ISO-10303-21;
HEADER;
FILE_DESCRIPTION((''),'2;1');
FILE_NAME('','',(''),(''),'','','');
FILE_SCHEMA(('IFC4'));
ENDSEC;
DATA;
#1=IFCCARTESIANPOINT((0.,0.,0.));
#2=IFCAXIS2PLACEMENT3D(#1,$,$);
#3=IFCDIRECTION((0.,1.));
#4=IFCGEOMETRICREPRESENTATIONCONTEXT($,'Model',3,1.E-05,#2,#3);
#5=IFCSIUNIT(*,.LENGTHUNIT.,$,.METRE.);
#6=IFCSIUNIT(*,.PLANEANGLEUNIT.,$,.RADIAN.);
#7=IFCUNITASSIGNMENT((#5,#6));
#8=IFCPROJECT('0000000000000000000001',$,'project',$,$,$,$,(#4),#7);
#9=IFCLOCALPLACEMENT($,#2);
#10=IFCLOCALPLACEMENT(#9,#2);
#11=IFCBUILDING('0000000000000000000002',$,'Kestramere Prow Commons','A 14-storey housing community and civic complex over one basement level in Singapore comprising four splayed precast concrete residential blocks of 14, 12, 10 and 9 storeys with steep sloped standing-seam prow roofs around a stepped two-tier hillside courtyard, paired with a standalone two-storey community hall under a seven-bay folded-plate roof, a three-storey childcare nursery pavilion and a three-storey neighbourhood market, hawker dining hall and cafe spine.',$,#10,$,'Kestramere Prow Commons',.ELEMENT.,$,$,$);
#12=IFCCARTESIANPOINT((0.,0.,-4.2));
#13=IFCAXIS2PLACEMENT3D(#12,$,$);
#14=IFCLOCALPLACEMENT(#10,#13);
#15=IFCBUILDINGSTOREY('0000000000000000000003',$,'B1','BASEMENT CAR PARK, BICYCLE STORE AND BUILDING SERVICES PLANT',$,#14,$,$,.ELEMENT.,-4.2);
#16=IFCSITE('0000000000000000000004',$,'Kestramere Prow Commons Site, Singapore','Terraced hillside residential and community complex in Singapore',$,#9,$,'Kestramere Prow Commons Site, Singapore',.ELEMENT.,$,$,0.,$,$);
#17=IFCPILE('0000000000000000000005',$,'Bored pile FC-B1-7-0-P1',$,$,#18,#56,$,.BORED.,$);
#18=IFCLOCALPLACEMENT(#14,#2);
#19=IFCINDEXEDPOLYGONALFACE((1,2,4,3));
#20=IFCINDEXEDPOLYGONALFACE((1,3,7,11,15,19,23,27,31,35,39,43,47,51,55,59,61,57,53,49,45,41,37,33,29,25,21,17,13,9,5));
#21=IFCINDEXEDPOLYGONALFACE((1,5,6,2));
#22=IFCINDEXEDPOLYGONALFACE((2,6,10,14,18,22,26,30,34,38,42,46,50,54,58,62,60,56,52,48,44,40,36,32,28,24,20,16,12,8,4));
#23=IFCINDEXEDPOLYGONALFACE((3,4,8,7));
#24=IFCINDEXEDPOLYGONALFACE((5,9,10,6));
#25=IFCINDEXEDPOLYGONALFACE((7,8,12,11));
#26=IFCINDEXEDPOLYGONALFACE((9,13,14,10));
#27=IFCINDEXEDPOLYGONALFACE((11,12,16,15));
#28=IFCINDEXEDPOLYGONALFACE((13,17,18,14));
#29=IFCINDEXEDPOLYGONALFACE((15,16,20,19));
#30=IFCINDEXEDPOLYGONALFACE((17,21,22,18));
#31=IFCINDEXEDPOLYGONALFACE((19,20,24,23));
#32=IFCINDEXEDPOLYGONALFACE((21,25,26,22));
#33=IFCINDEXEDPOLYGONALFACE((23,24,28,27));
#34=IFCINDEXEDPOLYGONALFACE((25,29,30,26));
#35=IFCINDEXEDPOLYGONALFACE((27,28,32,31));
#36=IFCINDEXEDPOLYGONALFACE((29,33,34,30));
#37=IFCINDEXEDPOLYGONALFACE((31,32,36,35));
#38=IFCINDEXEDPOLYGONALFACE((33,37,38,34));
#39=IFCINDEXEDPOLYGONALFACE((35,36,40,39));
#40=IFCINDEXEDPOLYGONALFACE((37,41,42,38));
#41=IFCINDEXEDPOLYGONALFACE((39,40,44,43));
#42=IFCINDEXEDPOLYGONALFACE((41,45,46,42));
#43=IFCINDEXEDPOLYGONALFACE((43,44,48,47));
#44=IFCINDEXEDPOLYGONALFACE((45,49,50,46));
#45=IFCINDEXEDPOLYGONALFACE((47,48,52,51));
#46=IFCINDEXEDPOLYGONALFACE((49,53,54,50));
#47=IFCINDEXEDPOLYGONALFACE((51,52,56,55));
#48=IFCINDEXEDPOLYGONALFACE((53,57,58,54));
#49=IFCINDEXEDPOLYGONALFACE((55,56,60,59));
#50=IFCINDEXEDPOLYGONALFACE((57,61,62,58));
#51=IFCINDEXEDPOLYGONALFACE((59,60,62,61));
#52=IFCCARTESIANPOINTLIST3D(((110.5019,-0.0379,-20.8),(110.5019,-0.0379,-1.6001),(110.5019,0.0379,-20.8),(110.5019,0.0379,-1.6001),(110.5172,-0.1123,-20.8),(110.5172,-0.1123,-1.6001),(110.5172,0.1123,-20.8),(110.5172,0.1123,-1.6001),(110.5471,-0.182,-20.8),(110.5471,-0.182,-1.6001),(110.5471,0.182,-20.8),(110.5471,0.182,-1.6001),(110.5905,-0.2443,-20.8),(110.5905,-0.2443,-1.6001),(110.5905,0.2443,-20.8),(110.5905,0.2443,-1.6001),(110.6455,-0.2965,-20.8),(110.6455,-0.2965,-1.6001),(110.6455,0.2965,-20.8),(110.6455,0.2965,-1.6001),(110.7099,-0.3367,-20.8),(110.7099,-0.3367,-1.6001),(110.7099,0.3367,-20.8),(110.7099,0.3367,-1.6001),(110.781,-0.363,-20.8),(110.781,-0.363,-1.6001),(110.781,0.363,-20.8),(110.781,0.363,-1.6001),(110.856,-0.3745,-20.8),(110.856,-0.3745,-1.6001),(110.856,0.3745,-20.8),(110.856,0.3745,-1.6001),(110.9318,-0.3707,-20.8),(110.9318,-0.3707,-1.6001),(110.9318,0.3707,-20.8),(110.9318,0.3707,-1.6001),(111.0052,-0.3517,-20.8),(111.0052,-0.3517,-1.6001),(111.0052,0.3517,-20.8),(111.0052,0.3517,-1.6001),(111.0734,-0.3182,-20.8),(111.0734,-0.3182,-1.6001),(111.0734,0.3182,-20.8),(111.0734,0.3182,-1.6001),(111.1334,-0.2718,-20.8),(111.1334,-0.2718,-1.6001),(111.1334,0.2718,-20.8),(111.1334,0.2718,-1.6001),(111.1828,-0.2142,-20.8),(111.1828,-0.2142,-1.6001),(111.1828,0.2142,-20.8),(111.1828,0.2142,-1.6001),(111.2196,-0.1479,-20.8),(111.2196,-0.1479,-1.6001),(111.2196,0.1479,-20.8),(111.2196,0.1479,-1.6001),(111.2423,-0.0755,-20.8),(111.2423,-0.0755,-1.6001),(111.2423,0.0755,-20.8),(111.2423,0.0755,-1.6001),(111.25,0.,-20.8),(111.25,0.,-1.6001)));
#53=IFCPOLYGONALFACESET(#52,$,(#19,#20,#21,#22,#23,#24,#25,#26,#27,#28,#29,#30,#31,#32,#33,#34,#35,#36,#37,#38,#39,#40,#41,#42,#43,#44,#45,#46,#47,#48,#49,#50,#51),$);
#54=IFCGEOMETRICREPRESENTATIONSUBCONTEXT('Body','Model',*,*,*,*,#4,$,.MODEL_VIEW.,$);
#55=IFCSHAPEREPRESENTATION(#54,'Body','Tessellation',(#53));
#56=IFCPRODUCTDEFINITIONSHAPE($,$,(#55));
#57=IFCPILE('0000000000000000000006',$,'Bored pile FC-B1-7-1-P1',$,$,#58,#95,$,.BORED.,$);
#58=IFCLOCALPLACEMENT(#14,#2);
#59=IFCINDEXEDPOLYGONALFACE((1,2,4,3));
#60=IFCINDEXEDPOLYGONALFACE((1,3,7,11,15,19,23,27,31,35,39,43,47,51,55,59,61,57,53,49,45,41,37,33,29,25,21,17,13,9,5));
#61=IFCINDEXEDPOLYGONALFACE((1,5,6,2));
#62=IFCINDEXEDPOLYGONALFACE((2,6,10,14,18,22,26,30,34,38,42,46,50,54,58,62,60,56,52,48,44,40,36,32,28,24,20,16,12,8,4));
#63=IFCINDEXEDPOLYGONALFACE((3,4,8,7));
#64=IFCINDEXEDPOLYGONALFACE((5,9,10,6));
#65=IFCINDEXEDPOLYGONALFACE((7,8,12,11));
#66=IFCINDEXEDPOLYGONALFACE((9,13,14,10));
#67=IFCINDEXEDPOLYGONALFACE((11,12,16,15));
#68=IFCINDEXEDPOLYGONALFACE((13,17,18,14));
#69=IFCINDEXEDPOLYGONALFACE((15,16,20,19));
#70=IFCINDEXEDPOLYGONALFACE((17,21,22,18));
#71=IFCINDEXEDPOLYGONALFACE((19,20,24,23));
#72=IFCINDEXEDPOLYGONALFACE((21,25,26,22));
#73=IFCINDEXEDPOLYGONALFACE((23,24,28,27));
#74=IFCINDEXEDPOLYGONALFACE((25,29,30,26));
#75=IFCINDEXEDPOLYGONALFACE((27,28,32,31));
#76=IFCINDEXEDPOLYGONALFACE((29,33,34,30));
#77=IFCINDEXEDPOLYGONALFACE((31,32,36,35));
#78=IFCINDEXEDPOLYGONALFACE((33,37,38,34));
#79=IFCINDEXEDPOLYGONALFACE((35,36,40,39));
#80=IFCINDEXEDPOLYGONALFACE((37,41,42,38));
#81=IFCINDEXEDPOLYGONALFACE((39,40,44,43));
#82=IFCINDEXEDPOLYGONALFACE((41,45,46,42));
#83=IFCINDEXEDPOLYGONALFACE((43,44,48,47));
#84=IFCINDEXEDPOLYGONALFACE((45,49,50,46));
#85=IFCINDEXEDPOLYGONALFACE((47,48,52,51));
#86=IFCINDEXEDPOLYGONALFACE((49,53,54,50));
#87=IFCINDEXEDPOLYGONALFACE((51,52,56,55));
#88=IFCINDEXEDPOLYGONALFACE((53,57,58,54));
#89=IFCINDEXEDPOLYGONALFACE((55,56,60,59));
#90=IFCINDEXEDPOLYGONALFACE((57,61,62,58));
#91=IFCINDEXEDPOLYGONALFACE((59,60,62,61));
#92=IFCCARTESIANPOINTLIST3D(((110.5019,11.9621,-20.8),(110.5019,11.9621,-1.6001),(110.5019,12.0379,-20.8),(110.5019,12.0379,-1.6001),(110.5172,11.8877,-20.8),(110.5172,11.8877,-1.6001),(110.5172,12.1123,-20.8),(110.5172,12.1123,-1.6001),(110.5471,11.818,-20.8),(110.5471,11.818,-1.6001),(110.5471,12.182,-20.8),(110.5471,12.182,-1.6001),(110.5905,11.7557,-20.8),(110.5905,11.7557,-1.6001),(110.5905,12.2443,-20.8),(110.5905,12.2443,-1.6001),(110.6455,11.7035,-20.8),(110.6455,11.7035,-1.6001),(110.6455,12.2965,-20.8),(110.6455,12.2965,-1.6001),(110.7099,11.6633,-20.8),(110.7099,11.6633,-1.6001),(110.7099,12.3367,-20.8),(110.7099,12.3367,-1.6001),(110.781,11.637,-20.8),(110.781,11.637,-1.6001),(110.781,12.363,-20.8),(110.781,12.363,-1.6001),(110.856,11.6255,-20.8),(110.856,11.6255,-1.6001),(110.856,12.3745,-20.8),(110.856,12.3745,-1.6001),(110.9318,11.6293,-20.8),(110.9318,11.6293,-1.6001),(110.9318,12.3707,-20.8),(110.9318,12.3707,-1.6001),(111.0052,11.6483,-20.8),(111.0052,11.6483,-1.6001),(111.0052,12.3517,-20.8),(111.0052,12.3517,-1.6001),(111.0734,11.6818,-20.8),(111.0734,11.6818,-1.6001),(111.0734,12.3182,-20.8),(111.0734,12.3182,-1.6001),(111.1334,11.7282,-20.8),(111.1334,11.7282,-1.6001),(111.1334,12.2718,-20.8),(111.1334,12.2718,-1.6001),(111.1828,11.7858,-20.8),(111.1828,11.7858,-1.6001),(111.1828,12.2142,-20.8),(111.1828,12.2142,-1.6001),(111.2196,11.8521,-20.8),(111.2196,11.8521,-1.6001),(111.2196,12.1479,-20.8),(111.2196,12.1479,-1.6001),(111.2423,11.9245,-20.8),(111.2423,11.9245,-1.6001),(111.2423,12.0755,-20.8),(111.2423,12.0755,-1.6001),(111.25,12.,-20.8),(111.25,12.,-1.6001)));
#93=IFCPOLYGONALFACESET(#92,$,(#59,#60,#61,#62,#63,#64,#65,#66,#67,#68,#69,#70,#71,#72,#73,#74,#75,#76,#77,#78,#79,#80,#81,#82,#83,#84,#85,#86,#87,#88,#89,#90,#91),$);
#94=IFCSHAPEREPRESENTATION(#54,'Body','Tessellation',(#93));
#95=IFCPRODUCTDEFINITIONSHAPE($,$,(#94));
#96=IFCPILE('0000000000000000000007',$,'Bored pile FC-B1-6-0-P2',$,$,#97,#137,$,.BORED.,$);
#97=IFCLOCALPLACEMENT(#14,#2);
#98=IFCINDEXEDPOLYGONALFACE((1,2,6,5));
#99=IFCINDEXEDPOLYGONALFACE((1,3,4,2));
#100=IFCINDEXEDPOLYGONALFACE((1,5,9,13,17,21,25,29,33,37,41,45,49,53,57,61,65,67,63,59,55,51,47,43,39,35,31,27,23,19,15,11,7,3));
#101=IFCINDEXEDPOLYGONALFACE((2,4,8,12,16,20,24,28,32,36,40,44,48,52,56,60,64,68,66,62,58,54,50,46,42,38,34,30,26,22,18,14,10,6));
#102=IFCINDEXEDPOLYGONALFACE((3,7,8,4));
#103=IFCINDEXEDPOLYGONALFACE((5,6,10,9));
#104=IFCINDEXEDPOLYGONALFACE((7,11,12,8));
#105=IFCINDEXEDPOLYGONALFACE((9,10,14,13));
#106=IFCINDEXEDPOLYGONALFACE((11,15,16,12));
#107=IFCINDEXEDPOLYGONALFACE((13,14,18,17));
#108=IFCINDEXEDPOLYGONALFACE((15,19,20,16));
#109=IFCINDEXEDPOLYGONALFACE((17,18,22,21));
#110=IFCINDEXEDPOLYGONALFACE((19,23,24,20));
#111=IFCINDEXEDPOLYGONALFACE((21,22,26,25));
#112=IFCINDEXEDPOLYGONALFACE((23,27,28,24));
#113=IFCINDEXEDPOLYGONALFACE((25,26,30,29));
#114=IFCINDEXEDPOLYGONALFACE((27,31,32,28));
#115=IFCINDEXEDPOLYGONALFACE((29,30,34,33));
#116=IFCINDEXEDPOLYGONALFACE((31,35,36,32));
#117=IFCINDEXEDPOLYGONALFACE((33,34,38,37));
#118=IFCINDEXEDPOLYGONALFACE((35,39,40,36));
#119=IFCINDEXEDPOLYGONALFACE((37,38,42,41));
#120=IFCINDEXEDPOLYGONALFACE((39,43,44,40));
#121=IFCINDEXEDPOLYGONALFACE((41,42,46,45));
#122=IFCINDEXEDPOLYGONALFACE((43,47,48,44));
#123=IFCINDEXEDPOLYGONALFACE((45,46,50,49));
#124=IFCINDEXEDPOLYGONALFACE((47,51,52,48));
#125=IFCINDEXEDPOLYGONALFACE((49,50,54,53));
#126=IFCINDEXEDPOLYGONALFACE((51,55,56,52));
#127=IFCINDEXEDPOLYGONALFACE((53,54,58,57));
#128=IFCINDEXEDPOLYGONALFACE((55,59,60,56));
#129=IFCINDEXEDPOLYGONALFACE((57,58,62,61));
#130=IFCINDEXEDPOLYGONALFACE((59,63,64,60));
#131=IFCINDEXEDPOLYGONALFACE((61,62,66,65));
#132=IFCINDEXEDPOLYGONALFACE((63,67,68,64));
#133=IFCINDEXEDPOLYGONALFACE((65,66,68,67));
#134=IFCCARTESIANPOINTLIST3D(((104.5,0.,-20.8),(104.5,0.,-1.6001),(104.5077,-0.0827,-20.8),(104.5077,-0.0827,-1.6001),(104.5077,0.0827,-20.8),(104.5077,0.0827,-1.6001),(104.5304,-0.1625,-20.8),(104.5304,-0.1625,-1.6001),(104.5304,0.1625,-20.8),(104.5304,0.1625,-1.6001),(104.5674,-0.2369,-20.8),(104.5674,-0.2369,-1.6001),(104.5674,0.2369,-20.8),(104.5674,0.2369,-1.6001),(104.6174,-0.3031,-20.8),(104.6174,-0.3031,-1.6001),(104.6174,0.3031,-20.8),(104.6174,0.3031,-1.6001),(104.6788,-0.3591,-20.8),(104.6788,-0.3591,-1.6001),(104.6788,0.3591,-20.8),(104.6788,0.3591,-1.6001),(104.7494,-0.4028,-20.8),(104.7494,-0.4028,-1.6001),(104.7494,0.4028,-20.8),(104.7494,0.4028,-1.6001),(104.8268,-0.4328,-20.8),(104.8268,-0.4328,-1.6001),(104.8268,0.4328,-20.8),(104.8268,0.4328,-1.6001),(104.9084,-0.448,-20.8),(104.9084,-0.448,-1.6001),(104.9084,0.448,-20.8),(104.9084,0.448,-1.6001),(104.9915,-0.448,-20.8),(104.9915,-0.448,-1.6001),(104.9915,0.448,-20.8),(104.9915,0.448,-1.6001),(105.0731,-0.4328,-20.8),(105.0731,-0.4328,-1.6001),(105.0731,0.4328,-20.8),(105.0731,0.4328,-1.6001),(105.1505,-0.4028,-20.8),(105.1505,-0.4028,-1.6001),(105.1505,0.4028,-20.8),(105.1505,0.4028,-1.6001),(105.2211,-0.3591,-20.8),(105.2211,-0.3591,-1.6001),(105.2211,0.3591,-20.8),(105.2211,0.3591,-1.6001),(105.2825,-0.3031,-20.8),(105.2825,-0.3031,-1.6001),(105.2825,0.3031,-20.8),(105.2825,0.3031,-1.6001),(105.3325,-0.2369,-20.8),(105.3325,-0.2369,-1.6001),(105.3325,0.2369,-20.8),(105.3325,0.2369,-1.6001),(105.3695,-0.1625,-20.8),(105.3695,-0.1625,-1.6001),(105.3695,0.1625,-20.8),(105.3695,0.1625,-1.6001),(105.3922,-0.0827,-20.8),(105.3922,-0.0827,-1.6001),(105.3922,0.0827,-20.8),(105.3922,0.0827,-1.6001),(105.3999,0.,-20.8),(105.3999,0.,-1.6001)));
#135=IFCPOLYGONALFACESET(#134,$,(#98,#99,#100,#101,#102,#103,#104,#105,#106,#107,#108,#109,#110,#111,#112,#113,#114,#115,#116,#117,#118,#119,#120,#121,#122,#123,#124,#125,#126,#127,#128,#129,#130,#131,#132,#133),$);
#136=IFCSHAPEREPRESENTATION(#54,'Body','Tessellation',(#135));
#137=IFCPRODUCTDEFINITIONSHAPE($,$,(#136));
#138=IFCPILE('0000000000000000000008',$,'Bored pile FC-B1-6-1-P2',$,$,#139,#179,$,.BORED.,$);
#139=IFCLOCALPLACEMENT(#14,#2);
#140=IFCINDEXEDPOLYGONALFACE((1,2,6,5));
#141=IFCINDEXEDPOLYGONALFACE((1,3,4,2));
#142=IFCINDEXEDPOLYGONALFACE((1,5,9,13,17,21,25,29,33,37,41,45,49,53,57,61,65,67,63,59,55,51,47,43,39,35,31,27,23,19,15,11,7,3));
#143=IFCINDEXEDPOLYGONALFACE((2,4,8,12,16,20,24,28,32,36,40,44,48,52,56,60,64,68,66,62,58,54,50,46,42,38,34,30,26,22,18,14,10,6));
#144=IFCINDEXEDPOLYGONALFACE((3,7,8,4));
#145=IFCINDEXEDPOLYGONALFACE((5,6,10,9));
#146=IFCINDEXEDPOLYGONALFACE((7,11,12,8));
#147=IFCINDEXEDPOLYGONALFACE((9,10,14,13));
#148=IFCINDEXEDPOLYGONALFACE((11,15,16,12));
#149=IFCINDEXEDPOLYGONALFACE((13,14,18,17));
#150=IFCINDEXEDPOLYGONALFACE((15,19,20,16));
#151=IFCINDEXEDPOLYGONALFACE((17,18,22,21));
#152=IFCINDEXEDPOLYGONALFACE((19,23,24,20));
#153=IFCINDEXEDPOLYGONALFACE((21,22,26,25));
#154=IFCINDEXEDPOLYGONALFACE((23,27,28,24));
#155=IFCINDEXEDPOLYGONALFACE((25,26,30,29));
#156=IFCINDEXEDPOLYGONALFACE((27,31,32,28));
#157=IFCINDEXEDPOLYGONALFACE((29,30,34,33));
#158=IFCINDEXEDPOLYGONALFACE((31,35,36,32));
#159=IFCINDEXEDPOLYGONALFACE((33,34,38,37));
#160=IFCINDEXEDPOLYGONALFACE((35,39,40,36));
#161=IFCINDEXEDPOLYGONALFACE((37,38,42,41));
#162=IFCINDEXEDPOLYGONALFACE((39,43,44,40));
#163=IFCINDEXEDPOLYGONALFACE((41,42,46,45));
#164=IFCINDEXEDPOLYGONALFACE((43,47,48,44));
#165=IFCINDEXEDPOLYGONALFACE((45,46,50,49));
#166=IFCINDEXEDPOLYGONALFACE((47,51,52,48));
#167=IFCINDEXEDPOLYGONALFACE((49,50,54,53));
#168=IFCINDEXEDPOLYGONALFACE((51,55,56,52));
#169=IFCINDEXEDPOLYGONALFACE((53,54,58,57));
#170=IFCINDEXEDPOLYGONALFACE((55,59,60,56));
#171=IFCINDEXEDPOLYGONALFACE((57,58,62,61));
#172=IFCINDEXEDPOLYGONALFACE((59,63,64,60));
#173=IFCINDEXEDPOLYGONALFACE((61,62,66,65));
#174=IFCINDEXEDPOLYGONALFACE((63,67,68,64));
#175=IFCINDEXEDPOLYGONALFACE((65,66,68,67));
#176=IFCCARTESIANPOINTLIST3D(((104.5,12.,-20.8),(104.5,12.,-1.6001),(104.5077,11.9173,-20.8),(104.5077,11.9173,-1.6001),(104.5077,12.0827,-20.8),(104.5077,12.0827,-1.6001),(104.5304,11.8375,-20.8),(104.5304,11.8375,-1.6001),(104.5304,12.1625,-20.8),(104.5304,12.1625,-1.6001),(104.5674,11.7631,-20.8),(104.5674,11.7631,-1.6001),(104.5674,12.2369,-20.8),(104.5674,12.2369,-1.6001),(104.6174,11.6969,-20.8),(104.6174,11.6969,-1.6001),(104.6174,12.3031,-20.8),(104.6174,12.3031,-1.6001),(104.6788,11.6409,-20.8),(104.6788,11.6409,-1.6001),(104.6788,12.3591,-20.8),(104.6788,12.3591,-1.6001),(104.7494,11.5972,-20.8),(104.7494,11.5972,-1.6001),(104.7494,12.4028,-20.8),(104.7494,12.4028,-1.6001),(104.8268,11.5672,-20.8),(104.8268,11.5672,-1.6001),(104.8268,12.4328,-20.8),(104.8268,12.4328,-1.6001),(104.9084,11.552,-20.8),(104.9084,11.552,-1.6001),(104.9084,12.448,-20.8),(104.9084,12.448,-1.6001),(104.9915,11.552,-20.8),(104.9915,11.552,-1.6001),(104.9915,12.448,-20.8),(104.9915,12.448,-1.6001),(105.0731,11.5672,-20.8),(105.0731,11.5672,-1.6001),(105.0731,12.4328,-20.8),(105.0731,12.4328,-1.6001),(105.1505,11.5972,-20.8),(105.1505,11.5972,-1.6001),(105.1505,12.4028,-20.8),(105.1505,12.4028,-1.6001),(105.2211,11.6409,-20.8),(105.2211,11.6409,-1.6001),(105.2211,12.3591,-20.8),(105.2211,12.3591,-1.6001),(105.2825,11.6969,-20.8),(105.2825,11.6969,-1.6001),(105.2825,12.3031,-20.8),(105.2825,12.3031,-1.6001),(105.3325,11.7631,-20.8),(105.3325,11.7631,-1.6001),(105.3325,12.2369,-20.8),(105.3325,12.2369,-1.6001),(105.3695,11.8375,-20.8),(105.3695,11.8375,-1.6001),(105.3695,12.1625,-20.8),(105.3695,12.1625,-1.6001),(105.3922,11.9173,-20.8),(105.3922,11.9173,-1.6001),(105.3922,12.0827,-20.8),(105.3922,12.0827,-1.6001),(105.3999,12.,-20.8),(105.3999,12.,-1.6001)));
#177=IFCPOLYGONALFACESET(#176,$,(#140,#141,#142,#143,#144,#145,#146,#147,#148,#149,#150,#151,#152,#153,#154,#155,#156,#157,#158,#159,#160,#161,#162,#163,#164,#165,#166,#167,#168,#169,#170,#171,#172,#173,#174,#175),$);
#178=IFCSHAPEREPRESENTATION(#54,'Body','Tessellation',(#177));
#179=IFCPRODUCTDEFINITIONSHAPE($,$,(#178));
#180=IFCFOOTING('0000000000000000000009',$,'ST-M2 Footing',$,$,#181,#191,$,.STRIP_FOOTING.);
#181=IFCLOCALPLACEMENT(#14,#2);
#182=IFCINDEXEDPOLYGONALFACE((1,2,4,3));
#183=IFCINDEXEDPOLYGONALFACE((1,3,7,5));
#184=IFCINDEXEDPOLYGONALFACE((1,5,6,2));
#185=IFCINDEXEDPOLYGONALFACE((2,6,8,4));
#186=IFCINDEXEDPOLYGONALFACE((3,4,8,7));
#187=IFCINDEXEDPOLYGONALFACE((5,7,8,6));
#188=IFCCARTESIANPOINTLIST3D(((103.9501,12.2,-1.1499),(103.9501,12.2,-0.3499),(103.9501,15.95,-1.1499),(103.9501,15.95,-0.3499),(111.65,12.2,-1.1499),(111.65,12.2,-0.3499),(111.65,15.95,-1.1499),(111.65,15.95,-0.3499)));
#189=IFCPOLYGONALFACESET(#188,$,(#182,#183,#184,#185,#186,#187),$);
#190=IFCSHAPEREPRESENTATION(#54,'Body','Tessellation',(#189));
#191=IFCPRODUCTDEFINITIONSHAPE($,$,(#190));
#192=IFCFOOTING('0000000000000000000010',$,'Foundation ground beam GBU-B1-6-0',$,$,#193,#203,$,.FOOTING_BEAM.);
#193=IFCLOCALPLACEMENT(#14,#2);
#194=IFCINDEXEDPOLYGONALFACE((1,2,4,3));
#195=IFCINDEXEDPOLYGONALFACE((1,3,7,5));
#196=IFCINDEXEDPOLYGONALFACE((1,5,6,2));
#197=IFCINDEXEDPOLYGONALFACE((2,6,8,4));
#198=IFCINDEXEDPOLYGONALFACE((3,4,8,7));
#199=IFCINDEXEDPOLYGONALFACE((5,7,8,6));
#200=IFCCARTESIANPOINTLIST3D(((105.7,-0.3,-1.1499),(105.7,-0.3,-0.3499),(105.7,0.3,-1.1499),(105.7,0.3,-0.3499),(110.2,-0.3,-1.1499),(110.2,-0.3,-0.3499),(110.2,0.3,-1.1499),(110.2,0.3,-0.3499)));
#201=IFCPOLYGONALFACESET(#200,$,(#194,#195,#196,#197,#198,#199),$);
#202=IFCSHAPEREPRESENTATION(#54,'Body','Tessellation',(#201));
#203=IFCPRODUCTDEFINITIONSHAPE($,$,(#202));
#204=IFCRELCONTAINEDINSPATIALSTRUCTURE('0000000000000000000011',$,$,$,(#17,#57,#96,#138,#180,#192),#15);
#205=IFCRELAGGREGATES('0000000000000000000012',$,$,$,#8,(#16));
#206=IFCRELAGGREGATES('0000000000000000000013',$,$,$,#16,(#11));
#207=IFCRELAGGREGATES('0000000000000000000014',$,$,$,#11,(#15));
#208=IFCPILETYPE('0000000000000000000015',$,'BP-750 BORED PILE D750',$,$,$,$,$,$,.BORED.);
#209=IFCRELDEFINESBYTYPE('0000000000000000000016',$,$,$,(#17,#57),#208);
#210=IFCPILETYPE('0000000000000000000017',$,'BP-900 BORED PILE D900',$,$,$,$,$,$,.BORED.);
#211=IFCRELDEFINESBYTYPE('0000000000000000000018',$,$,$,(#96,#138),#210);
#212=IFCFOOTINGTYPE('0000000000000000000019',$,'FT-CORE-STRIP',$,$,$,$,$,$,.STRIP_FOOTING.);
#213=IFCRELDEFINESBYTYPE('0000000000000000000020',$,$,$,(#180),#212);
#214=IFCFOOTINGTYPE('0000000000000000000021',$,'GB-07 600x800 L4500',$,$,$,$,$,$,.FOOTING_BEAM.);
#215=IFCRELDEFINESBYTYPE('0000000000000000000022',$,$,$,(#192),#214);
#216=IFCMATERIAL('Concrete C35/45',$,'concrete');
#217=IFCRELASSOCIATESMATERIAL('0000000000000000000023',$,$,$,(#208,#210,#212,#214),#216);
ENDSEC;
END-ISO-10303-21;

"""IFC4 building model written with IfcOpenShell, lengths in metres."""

from ifc_helpers import new_model, si_unit, direction, frame, origin, origin_2d, place, context, subcontext, project, spatial, rectangle, circle, extrude, material, material_profile, profile_set, type_object, element, save


model = new_model("IFC4")

# Units and contexts
model_context = context("Model", 3, precision=1e-05, world=origin(), true_north=direction((0.0, 1.0)))
body_context = subcontext(model_context, "Body", "Model", "MODEL_VIEW")
ifc_project = project(units=[si_unit("LENGTHUNIT", "METRE"), si_unit("PLANEANGLEUNIT", "RADIAN")], contexts=[model_context])

# Site, building, storey
site_placement = place(None, origin())
site = spatial("IfcSite", under=ifc_project, at=site_placement, Name="Kestramere Prow Commons Site, Singapore", Description="Terraced hillside residential and community complex in Singapore", LongName="Kestramere Prow Commons Site, Singapore", CompositionType="ELEMENT", RefElevation=0.0)
building_placement = place(site_placement, origin())
building = spatial("IfcBuilding", under=site, at=building_placement, Name="Kestramere Prow Commons", Description="A 14-storey housing community and civic complex over one basement level in Singapore comprising four splayed precast concrete residential blocks of 14, 12, 10 and 9 storeys with steep sloped standing-seam prow roofs around a stepped two-tier hillside courtyard, paired with a standalone two-storey community hall under a seven-bay folded-plate roof, a three-storey childcare nursery pavilion and a three-storey neighbourhood market, hawker dining hall and cafe spine.", LongName="Kestramere Prow Commons", CompositionType="ELEMENT")
storey_placement = place(building_placement, frame((0.0, 0.0, -4.2)))
storey = spatial("IfcBuildingStorey", under=building, at=storey_placement, Name="B1", Description="BASEMENT CAR PARK, BICYCLE STORE AND BUILDING SERVICES PLANT", CompositionType="ELEMENT", Elevation=-4.2)

# Piles
ifc_material_1 = material(Name="Concrete C35/45", Category="concrete")
ifc_material_profile_1 = material_profile(ifc_material_1, circle(Radius=0.375, at=origin_2d()), Name="BORED PILE D750")
ifc_profile_set_1 = profile_set([ifc_material_profile_1], Name="Concrete C35/45")
pile_type_1 = type_object("IfcPileType", Name="BP-750 BORED PILE D750", PredefinedType="BORED", material=ifc_profile_set_1)
for number, where, z_axis, x_axis, name in (
    (1, (110.875, 0.0, -1.6001), (0.0, 0.0, -1.0), (1.0, 0.0, 0.0), "Bored pile FC-B1-7-0-P1"),
    (2, (110.875, 12.0, -1.6001), (0.0, 0.0, -1.0), (1.0, 0.0, 0.0), "Bored pile FC-B1-7-1-P1"),
):
    element("IfcPile", number, at=place(storey_placement, frame(where, z_axis=z_axis, x_axis=x_axis)), inside=storey, type_object=pile_type_1, Name=name, PredefinedType="BORED", context=body_context, shape_type="SweptSolid", body=[
        extrude(circle(Radius=0.375, at=origin_2d()), origin(), (0.0, 0.0, 1.0), 19.2),
    ])
ifc_material_profile_2 = material_profile(ifc_material_1, circle(Radius=0.45, at=origin_2d()), Name="BORED PILE D900")
ifc_profile_set_2 = profile_set([ifc_material_profile_2], Name="Concrete C35/45")
pile_type_2 = type_object("IfcPileType", Name="BP-900 BORED PILE D900", PredefinedType="BORED", material=ifc_profile_set_2)
for number, where, z_axis, x_axis, name in (
    (3, (104.95, 0.0, -1.6001), (0.0, 0.0, -1.0), (1.0, 0.0, 0.0), "Bored pile FC-B1-6-0-P2"),
    (4, (104.95, 12.0, -1.6001), (0.0, 0.0, -1.0), (1.0, 0.0, 0.0), "Bored pile FC-B1-6-1-P2"),
):
    element("IfcPile", number, at=place(storey_placement, frame(where, z_axis=z_axis, x_axis=x_axis)), inside=storey, type_object=pile_type_2, Name=name, PredefinedType="BORED", context=body_context, shape_type="SweptSolid", body=[
        extrude(circle(Radius=0.45, at=origin_2d()), origin(), (0.0, 0.0, 1.0), 19.2),
    ])

# Footings
footing_type_1 = type_object("IfcFootingType", Name="FT-CORE-STRIP", PredefinedType="STRIP_FOOTING", material=ifc_material_1)
footing_1_placement = place(storey_placement, frame((107.8, 14.075, -1.1499), z_axis=(0.0, 0.0, 1.0), x_axis=(1.0, 0.0, 0.0)))
element("IfcFooting", 5, at=footing_1_placement, inside=storey, type_object=footing_type_1, Name="ST-M2 Footing", PredefinedType="STRIP_FOOTING", context=body_context, shape_type="SweptSolid", body=[
    extrude(rectangle(XDim=7.7, YDim=3.75, at=origin_2d()), origin(), (0.0, 0.0, 1.0), 0.8),
])
footing_type_2 = type_object("IfcFootingType", Name="GB-07 600x800 L4500", PredefinedType="FOOTING_BEAM", material=ifc_material_1)
for number, where, z_axis, x_axis, name in (
    (6, (107.95, 0.0, -1.1499), (0.0, 0.0, 1.0), (1.0, 0.0, 0.0), "Foundation ground beam GBU-B1-6-0"),
):
    element("IfcFooting", number, at=place(storey_placement, frame(where, z_axis=z_axis, x_axis=x_axis)), inside=storey, type_object=footing_type_2, Name=name, PredefinedType="FOOTING_BEAM", context=body_context, shape_type="SweptSolid", body=[
        extrude(rectangle(XDim=4.5, YDim=0.6001, at=origin_2d()), origin(), (0.0, 0.0, 1.0), 0.8),
    ])

save(model, "model.ifc")
